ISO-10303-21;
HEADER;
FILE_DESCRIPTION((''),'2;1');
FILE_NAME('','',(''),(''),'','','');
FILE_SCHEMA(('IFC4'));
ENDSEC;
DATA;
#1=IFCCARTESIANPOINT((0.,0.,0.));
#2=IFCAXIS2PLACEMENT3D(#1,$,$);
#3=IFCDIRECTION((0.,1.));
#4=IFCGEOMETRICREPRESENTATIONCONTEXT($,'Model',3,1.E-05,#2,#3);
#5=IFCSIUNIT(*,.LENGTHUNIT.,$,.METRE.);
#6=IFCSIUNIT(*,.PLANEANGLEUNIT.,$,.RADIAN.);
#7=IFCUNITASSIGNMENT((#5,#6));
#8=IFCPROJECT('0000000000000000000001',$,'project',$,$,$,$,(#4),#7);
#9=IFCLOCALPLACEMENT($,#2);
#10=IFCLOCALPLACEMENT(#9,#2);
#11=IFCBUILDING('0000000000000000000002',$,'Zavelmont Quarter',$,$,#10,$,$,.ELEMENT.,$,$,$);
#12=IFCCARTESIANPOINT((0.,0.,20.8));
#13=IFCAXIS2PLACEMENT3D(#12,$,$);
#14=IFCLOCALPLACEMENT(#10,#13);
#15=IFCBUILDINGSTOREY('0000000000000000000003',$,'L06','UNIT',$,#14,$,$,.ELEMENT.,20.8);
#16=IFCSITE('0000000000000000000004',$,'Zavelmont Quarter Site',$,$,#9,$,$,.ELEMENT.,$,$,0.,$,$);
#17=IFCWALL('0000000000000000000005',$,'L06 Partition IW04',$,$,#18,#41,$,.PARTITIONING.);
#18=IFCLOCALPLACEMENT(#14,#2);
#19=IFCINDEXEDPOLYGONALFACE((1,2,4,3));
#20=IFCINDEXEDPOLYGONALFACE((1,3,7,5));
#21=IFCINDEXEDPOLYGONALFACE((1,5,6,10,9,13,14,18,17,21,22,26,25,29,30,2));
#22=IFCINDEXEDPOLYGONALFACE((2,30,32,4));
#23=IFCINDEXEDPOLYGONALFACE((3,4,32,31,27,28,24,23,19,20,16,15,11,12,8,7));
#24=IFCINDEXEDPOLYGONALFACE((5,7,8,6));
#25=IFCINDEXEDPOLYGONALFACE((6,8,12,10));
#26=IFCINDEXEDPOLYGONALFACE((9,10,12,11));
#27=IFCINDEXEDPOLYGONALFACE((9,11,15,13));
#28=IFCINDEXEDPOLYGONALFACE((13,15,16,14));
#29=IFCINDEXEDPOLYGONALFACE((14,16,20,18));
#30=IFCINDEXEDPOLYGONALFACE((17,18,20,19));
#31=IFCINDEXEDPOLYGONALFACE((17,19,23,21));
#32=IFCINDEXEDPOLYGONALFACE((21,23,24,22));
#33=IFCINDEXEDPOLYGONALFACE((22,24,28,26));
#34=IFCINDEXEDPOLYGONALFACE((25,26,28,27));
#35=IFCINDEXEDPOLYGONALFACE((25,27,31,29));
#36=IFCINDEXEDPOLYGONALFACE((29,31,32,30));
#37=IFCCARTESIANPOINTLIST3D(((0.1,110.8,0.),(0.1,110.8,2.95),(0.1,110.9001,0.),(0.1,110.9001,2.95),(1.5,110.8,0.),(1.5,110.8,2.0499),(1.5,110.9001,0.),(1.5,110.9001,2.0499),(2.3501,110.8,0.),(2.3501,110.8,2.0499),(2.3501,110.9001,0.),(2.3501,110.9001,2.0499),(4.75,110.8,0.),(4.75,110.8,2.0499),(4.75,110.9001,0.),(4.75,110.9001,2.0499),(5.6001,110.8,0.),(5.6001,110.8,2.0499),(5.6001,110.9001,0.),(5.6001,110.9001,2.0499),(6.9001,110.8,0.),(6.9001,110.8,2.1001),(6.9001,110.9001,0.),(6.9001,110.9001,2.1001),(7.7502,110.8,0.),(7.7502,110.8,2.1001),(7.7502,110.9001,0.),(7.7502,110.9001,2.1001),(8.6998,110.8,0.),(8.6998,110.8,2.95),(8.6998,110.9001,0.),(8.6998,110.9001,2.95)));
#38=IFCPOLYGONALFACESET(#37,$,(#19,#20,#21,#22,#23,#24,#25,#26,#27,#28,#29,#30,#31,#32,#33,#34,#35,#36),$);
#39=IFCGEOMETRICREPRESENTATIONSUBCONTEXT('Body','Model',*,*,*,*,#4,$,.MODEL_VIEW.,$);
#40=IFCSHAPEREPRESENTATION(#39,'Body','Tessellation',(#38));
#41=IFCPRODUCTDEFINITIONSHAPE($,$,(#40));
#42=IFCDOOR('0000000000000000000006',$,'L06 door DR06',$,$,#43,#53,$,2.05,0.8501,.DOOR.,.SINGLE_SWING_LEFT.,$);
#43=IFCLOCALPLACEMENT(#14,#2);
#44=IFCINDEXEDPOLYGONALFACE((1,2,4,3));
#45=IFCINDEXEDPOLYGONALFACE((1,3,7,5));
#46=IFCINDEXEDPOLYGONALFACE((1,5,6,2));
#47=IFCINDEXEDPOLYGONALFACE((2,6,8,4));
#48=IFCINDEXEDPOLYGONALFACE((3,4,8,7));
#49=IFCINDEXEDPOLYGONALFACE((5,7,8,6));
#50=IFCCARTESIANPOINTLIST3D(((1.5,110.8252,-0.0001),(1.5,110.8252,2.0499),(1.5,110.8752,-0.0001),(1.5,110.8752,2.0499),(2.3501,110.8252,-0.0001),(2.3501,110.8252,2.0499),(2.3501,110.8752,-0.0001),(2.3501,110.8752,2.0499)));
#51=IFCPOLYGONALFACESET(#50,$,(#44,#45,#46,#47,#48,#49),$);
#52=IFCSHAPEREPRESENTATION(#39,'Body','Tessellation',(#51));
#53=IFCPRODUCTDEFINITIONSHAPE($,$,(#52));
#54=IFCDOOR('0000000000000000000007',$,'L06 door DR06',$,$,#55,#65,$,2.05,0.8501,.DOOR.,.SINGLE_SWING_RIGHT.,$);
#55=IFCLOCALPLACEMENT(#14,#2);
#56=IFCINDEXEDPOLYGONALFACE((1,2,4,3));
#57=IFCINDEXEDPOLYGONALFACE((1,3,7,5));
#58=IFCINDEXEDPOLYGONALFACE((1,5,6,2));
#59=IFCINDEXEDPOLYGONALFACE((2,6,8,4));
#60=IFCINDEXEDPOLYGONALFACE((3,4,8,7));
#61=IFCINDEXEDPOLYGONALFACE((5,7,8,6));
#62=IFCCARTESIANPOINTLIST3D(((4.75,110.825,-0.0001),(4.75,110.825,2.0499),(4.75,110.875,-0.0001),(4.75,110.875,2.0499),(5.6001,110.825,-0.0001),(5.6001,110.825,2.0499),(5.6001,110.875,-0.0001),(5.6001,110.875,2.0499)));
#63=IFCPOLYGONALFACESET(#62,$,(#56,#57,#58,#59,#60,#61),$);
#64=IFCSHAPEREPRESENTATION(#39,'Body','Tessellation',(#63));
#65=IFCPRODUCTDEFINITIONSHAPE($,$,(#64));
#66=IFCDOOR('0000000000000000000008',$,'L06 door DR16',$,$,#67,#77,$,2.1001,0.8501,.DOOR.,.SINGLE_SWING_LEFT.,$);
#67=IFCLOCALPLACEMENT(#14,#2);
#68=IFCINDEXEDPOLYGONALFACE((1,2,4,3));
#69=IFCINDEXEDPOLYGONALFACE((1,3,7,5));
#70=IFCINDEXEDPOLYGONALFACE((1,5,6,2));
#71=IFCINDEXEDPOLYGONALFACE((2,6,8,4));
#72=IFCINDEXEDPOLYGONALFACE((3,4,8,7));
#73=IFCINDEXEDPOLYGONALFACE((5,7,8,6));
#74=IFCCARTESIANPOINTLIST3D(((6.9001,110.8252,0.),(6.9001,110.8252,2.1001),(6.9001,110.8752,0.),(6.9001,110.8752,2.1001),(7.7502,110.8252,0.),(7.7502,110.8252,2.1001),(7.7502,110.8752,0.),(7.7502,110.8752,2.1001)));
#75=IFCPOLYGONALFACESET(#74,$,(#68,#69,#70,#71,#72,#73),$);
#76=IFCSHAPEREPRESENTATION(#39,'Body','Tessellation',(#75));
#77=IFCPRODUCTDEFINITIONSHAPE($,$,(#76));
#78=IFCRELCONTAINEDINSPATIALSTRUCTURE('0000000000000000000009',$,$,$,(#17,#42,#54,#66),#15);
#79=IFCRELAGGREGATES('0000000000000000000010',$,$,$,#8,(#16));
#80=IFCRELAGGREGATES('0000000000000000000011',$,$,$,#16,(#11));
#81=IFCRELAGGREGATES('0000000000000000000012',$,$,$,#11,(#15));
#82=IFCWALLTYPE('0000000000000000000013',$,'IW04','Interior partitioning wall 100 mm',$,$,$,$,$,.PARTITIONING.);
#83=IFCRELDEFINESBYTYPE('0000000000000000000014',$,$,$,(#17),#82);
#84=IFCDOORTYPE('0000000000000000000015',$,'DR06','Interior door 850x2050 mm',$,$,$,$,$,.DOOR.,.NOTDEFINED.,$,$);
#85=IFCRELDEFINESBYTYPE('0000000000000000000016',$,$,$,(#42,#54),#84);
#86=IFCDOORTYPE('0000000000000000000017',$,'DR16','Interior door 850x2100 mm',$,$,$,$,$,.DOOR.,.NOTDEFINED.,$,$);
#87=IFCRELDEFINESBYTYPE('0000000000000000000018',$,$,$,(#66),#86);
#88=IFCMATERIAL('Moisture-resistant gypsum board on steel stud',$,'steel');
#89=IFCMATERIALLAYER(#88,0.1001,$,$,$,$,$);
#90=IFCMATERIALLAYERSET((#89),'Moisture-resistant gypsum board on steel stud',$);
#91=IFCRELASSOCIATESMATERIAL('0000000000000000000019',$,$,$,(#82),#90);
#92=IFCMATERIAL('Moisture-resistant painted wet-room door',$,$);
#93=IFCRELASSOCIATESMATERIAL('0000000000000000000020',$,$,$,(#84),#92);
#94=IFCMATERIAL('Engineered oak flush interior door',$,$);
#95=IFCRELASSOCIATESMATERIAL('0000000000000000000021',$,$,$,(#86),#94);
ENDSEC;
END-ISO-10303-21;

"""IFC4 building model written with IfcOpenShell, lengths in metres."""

from ifc_helpers import new_model, si_unit, direction, frame, frame_2d, origin, origin_with_axes, place, context, subcontext, project, spatial, rectangle, extrude, material, layer, layer_set, type_object, element, fill, save


model = new_model("IFC4")

# Units and contexts
model_context = context("Model", 3, precision=1e-05, world=origin(), true_north=direction((0.0, 1.0)))
body_context = subcontext(model_context, "Body", "Model", "MODEL_VIEW")
ifc_project = project(units=[si_unit("LENGTHUNIT", "METRE"), si_unit("PLANEANGLEUNIT", "RADIAN")], contexts=[model_context])

# Site, building, storey
site_placement = place(None, origin())
site = spatial("IfcSite", under=ifc_project, at=site_placement, Name="Zavelmont Quarter Site", CompositionType="ELEMENT", RefElevation=0.0)
building_placement = place(site_placement, origin())
building = spatial("IfcBuilding", under=site, at=building_placement, Name="Zavelmont Quarter", CompositionType="ELEMENT")
storey_placement = place(building_placement, frame((0.0, 0.0, 20.8)))
storey = spatial("IfcBuildingStorey", under=building, at=storey_placement, Name="L06", Description="UNIT", CompositionType="ELEMENT", Elevation=20.8)

# Shared definitions
ifc_material_1 = material(Name="Engineered oak flush interior door")

# Shared definitions
ifc_material_2 = material(Name="Moisture-resistant gypsum board on steel stud", Category="steel")
ifc_layer_1 = layer(ifc_material_2, 0.1001)
ifc_layer_set_1 = layer_set([ifc_layer_1], Name="Moisture-resistant gypsum board on steel stud")
wall_type_1 = type_object("IfcWallType", Name="IW04", Description="Interior partitioning wall 100 mm", PredefinedType="PARTITIONING", material=ifc_layer_set_1)

# Wall, openings, doors
wall_1_placement = place(storey_placement, frame((0.1001, 110.8501, 0.0), z_axis=(0.0, 0.0, 1.0), x_axis=(1.0, 0.0, 0.0)))
wall_1 = element("IfcWall", 1, at=wall_1_placement, inside=storey, type_object=wall_type_1, Name="L06 Partition IW04", PredefinedType="PARTITIONING", context=body_context, shape_type="SweptSolid", body=[
    extrude(rectangle(XDim=8.5999, YDim=0.1001, at=frame_2d((4.2998, 0.0))), origin(), (0.0, 0.0, 1.0), 2.95),
])
opening_1_placement = place(wall_1_placement, frame((1.3999, 0.0, 0.0)))
opening_1 = element("IfcOpeningElement", 2, at=opening_1_placement, cuts=wall_1, PredefinedType="OPENING", context=body_context, shape_type="SweptSolid", body=[
    extrude(rectangle(XDim=0.8501, YDim=2.05, at=frame_2d((0.425, 1.0249))), frame((0.0, 0.062, 0.0), z_axis=(0.0, -1.0, 0.0), x_axis=(1.0, 0.0, 0.0)), (0.0, 0.0, 1.0), 0.124),
])
opening_2_placement = place(wall_1_placement, frame((4.6499, 0.0, 0.0)))
opening_2 = element("IfcOpeningElement", 3, at=opening_2_placement, cuts=wall_1, PredefinedType="OPENING", context=body_context, shape_type="SweptSolid", body=[
    extrude(rectangle(XDim=0.8501, YDim=2.05, at=frame_2d((0.425, 1.0249))), frame((0.0, 0.062, 0.0), z_axis=(0.0, -1.0, 0.0), x_axis=(1.0, 0.0, 0.0)), (0.0, 0.0, 1.0), 0.124),
])
opening_3_placement = place(wall_1_placement, frame((6.8, 0.0, 0.0)))
opening_3 = element("IfcOpeningElement", 4, at=opening_3_placement, cuts=wall_1, PredefinedType="OPENING", context=body_context, shape_type="SweptSolid", body=[
    extrude(rectangle(XDim=0.8501, YDim=2.1001, at=frame_2d((0.425, 1.05))), frame((0.0, 0.062, 0.0), z_axis=(0.0, -1.0, 0.0), x_axis=(1.0, 0.0, 0.0)), (0.0, 0.0, 1.0), 0.124),
])
ifc_material_3 = material(Name="Moisture-resistant painted wet-room door")
door_type_1 = type_object("IfcDoorType", Name="DR06", Description="Interior door 850x2050 mm", OperationType="NOTDEFINED", PredefinedType="DOOR", material=ifc_material_3)
door_1_placement = place(opening_1_placement, frame((0.8501, 0.0, 0.0), z_axis=(0.0, 0.0, 1.0), x_axis=(-1.0, 0.0, 0.0)))
door_1 = element("IfcDoor", 5, at=door_1_placement, inside=storey, type_object=door_type_1, Name="L06 door DR06", OperationType="SINGLE_SWING_LEFT", OverallHeight=2.05, OverallWidth=0.8501, PredefinedType="DOOR", context=body_context, shape_type="SweptSolid", body=[
    extrude(rectangle(XDim=0.8501, YDim=2.05, at=frame_2d((0.425, 1.0249))), frame((0.0, 0.0249, 0.0), z_axis=(0.0, -1.0, 0.0), x_axis=(1.0, 0.0, 0.0)), (0.0, 0.0, 1.0), 0.05),
])
fill(opening_1, door_1)
door_2_placement = place(opening_2_placement, origin_with_axes())
door_2 = element("IfcDoor", 6, at=door_2_placement, inside=storey, type_object=door_type_1, Name="L06 door DR06", OperationType="SINGLE_SWING_RIGHT", OverallHeight=2.05, OverallWidth=0.8501, PredefinedType="DOOR", context=body_context, shape_type="SweptSolid", body=[
    extrude(rectangle(XDim=0.8501, YDim=2.05, at=frame_2d((0.425, 1.0249))), frame((0.0, 0.0249, 0.0), z_axis=(0.0, -1.0, 0.0), x_axis=(1.0, 0.0, 0.0)), (0.0, 0.0, 1.0), 0.05),
])
fill(opening_2, door_2)
door_type_2 = type_object("IfcDoorType", Name="DR16", Description="Interior door 850x2100 mm", OperationType="NOTDEFINED", PredefinedType="DOOR", material=ifc_material_1)
door_3_placement = place(opening_3_placement, frame((0.8501, 0.0, 0.0), z_axis=(0.0, 0.0, 1.0), x_axis=(-1.0, 0.0, 0.0)))
door_3 = element("IfcDoor", 7, at=door_3_placement, inside=storey, type_object=door_type_2, Name="L06 door DR16", OperationType="SINGLE_SWING_LEFT", OverallHeight=2.1001, OverallWidth=0.8501, PredefinedType="DOOR", context=body_context, shape_type="SweptSolid", body=[
    extrude(rectangle(XDim=0.8501, YDim=2.1001, at=frame_2d((0.425, 1.05))), frame((0.0, 0.0249, 0.0), z_axis=(0.0, -1.0, 0.0), x_axis=(1.0, 0.0, 0.0)), (0.0, 0.0, 1.0), 0.05),
])
fill(opening_3, door_3)

save(model, "model.ifc")
